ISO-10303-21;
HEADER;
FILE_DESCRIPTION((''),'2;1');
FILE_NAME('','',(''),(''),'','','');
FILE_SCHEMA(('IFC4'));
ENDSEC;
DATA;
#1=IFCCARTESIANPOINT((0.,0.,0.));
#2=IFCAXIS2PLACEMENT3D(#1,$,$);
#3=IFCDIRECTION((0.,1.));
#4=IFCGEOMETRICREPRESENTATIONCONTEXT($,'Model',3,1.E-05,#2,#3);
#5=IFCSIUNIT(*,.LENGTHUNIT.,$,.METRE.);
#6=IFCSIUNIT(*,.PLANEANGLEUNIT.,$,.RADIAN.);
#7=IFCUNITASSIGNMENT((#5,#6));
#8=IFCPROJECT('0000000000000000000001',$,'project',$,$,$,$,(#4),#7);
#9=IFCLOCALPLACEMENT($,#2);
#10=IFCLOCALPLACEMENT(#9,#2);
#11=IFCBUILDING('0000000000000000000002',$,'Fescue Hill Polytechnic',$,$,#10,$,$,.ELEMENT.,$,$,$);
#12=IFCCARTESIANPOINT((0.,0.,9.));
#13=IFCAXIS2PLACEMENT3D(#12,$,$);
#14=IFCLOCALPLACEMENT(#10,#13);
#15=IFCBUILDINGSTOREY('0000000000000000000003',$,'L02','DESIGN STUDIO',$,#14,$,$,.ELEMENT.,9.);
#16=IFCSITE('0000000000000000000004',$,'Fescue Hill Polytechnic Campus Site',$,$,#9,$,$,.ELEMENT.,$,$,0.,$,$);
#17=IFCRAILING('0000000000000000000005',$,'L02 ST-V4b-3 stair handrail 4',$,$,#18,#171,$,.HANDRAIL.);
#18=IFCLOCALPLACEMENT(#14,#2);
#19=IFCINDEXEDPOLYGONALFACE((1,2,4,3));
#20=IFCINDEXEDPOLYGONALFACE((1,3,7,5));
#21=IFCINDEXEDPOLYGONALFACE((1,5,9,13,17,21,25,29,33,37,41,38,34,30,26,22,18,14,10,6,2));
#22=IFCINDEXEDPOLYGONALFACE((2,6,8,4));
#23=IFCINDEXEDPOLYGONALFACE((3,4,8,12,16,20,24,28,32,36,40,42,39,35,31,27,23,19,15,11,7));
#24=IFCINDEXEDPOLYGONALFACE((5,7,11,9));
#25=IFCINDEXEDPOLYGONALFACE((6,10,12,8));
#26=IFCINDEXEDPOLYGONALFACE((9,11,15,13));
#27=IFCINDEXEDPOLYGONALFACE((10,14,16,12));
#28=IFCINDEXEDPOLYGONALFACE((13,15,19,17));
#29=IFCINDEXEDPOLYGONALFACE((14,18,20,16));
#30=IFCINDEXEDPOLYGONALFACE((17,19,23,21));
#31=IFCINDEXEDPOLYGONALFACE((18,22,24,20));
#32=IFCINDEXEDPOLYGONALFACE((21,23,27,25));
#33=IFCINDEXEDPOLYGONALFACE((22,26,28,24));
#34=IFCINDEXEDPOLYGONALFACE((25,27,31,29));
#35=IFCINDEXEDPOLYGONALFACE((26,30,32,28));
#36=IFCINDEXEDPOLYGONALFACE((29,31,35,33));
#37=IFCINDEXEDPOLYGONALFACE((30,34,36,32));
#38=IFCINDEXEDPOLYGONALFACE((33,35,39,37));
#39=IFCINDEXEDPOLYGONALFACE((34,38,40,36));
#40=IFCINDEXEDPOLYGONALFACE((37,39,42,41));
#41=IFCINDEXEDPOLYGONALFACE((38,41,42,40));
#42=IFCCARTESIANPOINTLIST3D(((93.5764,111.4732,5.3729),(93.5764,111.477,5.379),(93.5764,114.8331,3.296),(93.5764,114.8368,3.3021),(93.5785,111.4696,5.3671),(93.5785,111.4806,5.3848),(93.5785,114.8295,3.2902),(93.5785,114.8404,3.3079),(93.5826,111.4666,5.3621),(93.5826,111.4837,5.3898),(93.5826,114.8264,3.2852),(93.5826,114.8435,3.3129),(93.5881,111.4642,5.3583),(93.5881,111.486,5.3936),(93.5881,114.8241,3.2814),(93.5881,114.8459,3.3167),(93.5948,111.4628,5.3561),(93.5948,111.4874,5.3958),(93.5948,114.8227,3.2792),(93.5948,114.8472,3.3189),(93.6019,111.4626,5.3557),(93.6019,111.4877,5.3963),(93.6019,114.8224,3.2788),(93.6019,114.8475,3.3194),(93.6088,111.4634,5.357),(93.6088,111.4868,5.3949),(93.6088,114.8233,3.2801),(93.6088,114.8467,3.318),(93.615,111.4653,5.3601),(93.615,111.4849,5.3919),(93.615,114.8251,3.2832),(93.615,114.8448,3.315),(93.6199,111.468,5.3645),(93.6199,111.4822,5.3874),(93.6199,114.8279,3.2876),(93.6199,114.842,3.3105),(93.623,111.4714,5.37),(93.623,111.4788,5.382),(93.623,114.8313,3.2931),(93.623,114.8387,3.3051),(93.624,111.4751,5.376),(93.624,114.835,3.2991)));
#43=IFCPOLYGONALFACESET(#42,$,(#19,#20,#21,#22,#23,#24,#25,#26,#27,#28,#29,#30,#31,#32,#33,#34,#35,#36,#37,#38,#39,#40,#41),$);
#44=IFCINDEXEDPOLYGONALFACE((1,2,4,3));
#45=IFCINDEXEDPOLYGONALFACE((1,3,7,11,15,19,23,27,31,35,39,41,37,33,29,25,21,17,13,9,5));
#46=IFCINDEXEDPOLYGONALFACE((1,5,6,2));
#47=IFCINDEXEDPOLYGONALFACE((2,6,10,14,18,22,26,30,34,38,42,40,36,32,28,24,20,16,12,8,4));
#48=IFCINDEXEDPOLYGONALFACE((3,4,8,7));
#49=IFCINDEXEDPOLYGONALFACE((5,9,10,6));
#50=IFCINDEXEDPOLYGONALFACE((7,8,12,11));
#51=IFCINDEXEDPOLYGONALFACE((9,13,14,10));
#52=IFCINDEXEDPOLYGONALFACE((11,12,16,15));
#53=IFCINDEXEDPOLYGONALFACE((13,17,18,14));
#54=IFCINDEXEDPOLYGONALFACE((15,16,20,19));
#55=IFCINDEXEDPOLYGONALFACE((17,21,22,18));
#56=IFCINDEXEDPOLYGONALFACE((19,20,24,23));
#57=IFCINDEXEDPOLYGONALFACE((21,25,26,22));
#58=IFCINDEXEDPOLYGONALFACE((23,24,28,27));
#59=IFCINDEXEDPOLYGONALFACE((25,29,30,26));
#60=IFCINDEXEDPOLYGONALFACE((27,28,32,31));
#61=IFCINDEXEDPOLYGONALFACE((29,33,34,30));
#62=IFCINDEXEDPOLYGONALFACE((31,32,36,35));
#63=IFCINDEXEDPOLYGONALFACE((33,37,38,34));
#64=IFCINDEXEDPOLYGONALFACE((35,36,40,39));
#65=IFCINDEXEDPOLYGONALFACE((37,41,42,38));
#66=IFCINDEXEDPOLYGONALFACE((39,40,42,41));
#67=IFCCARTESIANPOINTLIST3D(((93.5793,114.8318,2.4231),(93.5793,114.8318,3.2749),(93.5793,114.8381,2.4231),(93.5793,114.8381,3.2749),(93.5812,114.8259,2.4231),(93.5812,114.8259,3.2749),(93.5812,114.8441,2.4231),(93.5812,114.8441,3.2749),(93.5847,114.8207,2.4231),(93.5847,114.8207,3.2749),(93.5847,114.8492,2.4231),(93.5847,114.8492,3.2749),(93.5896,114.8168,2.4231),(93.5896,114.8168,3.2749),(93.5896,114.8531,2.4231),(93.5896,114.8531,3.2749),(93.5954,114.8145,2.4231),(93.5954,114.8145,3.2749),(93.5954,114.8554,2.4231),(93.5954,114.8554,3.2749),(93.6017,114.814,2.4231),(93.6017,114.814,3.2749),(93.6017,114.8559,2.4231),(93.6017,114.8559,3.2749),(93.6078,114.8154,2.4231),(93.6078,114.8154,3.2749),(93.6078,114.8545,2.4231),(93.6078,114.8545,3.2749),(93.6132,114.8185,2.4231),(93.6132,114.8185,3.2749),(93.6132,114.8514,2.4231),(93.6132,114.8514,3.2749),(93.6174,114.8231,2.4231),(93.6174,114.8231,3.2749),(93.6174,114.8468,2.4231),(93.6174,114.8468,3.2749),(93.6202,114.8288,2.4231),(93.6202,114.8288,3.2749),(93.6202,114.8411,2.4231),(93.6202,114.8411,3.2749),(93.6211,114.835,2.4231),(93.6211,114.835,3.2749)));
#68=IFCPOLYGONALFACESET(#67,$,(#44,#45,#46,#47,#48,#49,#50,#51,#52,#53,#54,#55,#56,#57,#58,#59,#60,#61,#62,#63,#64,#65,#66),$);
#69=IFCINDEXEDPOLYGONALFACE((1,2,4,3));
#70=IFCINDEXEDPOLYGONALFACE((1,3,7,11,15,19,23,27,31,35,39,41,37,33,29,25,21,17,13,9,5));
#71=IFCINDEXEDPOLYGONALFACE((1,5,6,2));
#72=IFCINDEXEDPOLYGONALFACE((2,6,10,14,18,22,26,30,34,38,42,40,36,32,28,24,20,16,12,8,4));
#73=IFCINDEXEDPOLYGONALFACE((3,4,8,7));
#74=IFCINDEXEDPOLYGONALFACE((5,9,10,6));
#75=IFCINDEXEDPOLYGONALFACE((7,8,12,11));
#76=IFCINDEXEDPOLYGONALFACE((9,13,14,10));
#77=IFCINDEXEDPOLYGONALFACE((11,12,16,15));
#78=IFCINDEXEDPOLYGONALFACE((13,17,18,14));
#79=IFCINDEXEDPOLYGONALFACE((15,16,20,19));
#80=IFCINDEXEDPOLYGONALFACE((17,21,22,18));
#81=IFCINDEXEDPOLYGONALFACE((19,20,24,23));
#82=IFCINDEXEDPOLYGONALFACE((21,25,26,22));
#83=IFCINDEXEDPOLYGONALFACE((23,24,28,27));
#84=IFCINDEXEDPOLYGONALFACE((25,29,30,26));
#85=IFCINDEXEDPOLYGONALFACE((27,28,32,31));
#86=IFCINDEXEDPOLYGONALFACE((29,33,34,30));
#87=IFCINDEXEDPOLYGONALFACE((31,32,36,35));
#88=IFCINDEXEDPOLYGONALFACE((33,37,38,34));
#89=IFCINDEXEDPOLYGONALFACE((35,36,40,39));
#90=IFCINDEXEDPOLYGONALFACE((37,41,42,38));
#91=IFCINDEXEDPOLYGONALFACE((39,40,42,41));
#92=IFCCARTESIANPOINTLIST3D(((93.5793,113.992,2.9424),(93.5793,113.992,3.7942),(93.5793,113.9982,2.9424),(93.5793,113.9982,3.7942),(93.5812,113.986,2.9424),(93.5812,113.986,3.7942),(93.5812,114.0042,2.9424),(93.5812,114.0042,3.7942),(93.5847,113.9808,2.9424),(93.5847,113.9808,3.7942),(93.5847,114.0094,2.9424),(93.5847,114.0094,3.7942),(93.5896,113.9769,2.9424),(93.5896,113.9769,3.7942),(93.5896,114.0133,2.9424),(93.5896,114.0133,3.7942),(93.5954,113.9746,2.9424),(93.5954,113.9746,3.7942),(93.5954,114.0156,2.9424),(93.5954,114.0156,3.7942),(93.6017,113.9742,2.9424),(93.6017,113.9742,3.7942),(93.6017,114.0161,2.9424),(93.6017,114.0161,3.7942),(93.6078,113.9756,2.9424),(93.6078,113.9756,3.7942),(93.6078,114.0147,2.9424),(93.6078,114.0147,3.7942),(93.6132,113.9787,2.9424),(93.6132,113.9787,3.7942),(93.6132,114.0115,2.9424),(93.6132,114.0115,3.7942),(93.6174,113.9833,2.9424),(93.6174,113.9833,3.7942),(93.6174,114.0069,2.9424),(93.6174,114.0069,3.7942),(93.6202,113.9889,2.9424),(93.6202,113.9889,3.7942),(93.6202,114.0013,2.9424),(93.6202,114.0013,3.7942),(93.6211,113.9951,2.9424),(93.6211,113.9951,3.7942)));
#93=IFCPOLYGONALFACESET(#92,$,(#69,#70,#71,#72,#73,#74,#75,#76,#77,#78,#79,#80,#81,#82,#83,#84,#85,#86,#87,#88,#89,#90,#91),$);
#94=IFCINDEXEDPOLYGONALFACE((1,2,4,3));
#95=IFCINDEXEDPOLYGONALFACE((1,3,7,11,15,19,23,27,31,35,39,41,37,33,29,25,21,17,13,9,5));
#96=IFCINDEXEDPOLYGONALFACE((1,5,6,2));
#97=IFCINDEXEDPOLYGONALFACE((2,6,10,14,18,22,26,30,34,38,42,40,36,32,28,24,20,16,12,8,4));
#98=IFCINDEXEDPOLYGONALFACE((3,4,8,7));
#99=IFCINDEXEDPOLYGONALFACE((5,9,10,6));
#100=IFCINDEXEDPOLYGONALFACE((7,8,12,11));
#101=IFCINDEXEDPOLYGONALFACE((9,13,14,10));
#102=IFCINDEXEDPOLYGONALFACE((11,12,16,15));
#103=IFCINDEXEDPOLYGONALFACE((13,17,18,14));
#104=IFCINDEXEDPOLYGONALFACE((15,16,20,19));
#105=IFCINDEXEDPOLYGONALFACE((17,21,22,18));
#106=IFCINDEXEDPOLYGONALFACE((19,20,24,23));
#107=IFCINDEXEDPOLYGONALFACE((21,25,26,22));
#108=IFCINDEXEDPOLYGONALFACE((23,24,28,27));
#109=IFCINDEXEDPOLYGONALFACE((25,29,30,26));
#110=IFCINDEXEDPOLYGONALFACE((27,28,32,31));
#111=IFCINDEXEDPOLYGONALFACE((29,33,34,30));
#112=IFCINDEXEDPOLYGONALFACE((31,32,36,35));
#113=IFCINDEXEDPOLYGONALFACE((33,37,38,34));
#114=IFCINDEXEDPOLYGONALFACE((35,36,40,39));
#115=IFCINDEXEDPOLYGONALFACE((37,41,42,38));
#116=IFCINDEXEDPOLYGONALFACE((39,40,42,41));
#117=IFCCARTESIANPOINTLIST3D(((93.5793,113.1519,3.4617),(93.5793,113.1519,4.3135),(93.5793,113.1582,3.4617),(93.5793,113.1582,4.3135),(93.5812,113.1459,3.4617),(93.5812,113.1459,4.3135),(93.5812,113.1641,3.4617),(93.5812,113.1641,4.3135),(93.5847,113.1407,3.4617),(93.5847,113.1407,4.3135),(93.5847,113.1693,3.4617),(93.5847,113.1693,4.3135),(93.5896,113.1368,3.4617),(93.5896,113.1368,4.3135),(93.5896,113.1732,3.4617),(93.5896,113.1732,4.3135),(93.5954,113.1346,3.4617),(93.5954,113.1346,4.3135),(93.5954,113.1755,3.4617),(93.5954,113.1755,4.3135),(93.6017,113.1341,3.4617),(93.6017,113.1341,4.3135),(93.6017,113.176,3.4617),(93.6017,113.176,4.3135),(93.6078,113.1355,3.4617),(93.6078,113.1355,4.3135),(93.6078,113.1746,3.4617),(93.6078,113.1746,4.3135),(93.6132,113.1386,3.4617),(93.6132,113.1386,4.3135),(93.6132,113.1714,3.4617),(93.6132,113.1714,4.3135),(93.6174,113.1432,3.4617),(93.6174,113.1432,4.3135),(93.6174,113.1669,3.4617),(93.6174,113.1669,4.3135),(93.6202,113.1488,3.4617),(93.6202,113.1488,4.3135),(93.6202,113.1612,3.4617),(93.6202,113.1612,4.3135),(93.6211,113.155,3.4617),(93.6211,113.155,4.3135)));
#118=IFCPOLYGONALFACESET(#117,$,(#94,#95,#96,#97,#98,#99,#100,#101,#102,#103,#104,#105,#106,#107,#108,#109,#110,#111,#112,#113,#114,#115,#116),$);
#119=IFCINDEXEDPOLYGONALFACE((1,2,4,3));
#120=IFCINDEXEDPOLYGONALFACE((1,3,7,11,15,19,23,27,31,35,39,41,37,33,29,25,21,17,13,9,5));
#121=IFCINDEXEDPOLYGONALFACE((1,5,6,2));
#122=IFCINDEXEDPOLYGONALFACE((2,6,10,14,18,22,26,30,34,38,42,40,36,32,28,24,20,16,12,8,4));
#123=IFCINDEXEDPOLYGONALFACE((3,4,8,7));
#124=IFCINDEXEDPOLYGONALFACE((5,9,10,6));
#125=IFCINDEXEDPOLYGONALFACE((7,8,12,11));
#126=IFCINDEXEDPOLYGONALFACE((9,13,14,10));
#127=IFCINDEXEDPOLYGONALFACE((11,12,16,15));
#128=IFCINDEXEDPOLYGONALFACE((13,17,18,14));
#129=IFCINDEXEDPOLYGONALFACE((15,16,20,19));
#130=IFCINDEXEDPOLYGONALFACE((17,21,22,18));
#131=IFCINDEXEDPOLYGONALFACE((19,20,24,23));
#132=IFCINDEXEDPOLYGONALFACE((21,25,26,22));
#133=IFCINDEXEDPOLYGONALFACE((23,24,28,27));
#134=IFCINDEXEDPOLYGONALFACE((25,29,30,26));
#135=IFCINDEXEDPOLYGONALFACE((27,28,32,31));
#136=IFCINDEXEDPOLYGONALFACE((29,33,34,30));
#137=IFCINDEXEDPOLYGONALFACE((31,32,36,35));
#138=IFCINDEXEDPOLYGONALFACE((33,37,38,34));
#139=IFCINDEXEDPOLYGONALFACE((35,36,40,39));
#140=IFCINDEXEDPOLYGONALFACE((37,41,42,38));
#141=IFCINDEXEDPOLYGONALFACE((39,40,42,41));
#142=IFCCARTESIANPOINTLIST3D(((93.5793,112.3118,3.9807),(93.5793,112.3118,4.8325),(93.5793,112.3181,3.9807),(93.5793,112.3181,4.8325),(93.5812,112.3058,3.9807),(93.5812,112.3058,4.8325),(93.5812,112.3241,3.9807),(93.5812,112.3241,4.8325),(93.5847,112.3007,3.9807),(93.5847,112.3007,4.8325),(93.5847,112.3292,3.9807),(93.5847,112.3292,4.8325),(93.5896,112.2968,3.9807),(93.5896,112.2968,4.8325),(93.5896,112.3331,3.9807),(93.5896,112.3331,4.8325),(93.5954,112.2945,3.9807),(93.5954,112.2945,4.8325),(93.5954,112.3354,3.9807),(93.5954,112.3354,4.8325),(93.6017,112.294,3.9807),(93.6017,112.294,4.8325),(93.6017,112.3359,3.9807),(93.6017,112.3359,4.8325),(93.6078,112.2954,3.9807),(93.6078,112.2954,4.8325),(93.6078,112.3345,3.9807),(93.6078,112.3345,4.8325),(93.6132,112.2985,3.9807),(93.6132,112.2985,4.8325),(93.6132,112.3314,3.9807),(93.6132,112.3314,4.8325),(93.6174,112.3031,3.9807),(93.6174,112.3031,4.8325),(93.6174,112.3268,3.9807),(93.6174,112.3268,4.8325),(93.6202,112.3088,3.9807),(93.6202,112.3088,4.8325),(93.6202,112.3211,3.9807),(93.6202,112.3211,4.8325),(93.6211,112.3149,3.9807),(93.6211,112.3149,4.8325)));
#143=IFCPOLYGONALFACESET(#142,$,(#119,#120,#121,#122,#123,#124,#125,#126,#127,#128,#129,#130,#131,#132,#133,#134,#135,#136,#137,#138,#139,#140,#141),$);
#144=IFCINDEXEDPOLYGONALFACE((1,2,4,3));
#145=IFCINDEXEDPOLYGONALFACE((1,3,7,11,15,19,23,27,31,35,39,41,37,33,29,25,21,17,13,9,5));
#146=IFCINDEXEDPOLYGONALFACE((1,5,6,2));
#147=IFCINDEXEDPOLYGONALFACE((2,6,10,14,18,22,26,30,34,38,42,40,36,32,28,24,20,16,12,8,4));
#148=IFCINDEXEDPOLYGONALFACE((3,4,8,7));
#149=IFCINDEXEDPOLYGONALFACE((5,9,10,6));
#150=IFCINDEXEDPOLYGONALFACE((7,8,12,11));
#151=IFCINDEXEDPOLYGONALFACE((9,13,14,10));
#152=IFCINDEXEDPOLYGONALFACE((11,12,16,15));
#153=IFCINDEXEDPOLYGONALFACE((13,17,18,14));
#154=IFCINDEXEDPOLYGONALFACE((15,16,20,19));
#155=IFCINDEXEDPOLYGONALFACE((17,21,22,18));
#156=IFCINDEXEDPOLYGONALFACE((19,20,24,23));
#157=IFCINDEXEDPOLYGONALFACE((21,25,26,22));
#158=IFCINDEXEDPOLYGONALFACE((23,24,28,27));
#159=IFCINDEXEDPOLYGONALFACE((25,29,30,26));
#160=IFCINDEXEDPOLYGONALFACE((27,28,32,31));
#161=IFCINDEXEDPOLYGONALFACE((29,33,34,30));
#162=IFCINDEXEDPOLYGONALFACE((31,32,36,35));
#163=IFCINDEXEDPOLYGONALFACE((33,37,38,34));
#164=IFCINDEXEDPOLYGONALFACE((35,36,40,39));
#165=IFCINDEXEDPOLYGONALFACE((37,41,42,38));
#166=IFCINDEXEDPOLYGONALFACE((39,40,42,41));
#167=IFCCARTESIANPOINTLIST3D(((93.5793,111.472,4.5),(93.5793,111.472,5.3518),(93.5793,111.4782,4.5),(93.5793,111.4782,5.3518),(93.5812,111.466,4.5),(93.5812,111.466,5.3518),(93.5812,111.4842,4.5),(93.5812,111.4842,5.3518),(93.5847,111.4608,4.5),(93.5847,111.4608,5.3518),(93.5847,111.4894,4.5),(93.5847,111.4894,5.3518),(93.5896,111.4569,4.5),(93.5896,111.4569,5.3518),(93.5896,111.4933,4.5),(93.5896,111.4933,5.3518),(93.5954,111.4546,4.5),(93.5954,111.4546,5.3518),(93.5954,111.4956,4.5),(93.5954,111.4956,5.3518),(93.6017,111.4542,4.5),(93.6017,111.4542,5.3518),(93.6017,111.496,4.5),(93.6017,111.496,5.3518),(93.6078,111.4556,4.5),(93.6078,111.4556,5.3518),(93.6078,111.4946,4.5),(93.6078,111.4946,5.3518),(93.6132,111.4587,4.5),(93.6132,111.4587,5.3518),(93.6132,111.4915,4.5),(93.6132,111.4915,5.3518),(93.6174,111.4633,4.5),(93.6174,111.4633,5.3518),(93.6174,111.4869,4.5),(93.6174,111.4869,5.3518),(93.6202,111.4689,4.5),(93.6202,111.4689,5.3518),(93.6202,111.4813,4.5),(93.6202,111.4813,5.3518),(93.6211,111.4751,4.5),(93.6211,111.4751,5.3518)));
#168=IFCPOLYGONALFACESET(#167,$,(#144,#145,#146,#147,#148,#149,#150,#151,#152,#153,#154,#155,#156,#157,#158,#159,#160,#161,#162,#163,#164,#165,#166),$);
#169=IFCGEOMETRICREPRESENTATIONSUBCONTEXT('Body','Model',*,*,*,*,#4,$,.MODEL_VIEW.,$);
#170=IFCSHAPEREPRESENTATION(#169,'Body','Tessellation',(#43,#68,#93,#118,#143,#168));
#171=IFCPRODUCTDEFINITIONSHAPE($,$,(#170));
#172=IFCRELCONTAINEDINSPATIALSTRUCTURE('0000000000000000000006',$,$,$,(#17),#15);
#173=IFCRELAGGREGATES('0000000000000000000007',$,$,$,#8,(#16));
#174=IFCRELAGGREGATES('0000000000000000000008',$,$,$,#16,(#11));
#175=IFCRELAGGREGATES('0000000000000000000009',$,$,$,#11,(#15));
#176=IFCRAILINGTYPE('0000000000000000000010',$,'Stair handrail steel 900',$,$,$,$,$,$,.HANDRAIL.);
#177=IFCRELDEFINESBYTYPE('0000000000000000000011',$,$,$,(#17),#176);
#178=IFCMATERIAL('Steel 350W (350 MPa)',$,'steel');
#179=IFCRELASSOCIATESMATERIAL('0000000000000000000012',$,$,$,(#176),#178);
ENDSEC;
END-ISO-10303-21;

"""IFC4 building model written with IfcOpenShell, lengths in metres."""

from ifc_helpers import new_model, si_unit, direction, frame, origin, origin_2d, place, context, subcontext, project, spatial, circle, extrude, material, type_object, element, save


model = new_model("IFC4")

# Units and contexts
model_context = context("Model", 3, precision=1e-05, world=origin(), true_north=direction((0.0, 1.0)))
body_context = subcontext(model_context, "Body", "Model", "MODEL_VIEW")
ifc_project = project(units=[si_unit("LENGTHUNIT", "METRE"), si_unit("PLANEANGLEUNIT", "RADIAN")], contexts=[model_context])

# Site, building, storey
site_placement = place(None, origin())
site = spatial("IfcSite", under=ifc_project, at=site_placement, Name="Fescue Hill Polytechnic Campus Site", CompositionType="ELEMENT", RefElevation=0.0)
building_placement = place(site_placement, origin())
building = spatial("IfcBuilding", under=site, at=building_placement, Name="Fescue Hill Polytechnic", CompositionType="ELEMENT")
storey_placement = place(building_placement, frame((0.0, 0.0, 9.0)))
storey = spatial("IfcBuildingStorey", under=building, at=storey_placement, Name="L02", Description="DESIGN STUDIO", CompositionType="ELEMENT", Elevation=9.0)

# Railing
ifc_material_1 = material(Name="Steel 350W (350 MPa)", Category="steel")
railing_type_1 = type_object("IfcRailingType", Name="Stair handrail steel 900", PredefinedType="HANDRAIL", material=ifc_material_1)
railing_1_placement = place(storey_placement, frame((93.6001, 114.835, 2.4231)))
element("IfcRailing", 1, at=railing_1_placement, inside=storey, type_object=railing_type_1, Name="L02 ST-V4b-3 stair handrail 4", PredefinedType="HANDRAIL", context=body_context, shape_type="SweptSolid", body=[
    extrude(circle(Radius=0.0239, at=origin_2d()), frame((0.0, 0.0, 0.876), z_axis=(0.0, -0.850606, 0.525803), x_axis=(1.0, 0.0, 0.0)), (0.0, 0.0, 1.0), 3.95),
    extrude(circle(Radius=0.021, at=origin_2d()), origin(), (0.0, 0.0, 1.0), 0.8518),
    extrude(circle(Radius=0.021, at=origin_2d()), frame((0.0, -0.8398, 0.5193)), (0.0, 0.0, 1.0), 0.8518),
    extrude(circle(Radius=0.021, at=origin_2d()), frame((0.0, -1.6799, 1.0386)), (0.0, 0.0, 1.0), 0.8518),
    extrude(circle(Radius=0.021, at=origin_2d()), frame((0.0, -2.52, 1.5576)), (0.0, 0.0, 1.0), 0.8518),
    extrude(circle(Radius=0.021, at=origin_2d()), frame((0.0, -3.3599, 2.0769)), (0.0, 0.0, 1.0), 0.8518),
])

save(model, "model.ifc")
